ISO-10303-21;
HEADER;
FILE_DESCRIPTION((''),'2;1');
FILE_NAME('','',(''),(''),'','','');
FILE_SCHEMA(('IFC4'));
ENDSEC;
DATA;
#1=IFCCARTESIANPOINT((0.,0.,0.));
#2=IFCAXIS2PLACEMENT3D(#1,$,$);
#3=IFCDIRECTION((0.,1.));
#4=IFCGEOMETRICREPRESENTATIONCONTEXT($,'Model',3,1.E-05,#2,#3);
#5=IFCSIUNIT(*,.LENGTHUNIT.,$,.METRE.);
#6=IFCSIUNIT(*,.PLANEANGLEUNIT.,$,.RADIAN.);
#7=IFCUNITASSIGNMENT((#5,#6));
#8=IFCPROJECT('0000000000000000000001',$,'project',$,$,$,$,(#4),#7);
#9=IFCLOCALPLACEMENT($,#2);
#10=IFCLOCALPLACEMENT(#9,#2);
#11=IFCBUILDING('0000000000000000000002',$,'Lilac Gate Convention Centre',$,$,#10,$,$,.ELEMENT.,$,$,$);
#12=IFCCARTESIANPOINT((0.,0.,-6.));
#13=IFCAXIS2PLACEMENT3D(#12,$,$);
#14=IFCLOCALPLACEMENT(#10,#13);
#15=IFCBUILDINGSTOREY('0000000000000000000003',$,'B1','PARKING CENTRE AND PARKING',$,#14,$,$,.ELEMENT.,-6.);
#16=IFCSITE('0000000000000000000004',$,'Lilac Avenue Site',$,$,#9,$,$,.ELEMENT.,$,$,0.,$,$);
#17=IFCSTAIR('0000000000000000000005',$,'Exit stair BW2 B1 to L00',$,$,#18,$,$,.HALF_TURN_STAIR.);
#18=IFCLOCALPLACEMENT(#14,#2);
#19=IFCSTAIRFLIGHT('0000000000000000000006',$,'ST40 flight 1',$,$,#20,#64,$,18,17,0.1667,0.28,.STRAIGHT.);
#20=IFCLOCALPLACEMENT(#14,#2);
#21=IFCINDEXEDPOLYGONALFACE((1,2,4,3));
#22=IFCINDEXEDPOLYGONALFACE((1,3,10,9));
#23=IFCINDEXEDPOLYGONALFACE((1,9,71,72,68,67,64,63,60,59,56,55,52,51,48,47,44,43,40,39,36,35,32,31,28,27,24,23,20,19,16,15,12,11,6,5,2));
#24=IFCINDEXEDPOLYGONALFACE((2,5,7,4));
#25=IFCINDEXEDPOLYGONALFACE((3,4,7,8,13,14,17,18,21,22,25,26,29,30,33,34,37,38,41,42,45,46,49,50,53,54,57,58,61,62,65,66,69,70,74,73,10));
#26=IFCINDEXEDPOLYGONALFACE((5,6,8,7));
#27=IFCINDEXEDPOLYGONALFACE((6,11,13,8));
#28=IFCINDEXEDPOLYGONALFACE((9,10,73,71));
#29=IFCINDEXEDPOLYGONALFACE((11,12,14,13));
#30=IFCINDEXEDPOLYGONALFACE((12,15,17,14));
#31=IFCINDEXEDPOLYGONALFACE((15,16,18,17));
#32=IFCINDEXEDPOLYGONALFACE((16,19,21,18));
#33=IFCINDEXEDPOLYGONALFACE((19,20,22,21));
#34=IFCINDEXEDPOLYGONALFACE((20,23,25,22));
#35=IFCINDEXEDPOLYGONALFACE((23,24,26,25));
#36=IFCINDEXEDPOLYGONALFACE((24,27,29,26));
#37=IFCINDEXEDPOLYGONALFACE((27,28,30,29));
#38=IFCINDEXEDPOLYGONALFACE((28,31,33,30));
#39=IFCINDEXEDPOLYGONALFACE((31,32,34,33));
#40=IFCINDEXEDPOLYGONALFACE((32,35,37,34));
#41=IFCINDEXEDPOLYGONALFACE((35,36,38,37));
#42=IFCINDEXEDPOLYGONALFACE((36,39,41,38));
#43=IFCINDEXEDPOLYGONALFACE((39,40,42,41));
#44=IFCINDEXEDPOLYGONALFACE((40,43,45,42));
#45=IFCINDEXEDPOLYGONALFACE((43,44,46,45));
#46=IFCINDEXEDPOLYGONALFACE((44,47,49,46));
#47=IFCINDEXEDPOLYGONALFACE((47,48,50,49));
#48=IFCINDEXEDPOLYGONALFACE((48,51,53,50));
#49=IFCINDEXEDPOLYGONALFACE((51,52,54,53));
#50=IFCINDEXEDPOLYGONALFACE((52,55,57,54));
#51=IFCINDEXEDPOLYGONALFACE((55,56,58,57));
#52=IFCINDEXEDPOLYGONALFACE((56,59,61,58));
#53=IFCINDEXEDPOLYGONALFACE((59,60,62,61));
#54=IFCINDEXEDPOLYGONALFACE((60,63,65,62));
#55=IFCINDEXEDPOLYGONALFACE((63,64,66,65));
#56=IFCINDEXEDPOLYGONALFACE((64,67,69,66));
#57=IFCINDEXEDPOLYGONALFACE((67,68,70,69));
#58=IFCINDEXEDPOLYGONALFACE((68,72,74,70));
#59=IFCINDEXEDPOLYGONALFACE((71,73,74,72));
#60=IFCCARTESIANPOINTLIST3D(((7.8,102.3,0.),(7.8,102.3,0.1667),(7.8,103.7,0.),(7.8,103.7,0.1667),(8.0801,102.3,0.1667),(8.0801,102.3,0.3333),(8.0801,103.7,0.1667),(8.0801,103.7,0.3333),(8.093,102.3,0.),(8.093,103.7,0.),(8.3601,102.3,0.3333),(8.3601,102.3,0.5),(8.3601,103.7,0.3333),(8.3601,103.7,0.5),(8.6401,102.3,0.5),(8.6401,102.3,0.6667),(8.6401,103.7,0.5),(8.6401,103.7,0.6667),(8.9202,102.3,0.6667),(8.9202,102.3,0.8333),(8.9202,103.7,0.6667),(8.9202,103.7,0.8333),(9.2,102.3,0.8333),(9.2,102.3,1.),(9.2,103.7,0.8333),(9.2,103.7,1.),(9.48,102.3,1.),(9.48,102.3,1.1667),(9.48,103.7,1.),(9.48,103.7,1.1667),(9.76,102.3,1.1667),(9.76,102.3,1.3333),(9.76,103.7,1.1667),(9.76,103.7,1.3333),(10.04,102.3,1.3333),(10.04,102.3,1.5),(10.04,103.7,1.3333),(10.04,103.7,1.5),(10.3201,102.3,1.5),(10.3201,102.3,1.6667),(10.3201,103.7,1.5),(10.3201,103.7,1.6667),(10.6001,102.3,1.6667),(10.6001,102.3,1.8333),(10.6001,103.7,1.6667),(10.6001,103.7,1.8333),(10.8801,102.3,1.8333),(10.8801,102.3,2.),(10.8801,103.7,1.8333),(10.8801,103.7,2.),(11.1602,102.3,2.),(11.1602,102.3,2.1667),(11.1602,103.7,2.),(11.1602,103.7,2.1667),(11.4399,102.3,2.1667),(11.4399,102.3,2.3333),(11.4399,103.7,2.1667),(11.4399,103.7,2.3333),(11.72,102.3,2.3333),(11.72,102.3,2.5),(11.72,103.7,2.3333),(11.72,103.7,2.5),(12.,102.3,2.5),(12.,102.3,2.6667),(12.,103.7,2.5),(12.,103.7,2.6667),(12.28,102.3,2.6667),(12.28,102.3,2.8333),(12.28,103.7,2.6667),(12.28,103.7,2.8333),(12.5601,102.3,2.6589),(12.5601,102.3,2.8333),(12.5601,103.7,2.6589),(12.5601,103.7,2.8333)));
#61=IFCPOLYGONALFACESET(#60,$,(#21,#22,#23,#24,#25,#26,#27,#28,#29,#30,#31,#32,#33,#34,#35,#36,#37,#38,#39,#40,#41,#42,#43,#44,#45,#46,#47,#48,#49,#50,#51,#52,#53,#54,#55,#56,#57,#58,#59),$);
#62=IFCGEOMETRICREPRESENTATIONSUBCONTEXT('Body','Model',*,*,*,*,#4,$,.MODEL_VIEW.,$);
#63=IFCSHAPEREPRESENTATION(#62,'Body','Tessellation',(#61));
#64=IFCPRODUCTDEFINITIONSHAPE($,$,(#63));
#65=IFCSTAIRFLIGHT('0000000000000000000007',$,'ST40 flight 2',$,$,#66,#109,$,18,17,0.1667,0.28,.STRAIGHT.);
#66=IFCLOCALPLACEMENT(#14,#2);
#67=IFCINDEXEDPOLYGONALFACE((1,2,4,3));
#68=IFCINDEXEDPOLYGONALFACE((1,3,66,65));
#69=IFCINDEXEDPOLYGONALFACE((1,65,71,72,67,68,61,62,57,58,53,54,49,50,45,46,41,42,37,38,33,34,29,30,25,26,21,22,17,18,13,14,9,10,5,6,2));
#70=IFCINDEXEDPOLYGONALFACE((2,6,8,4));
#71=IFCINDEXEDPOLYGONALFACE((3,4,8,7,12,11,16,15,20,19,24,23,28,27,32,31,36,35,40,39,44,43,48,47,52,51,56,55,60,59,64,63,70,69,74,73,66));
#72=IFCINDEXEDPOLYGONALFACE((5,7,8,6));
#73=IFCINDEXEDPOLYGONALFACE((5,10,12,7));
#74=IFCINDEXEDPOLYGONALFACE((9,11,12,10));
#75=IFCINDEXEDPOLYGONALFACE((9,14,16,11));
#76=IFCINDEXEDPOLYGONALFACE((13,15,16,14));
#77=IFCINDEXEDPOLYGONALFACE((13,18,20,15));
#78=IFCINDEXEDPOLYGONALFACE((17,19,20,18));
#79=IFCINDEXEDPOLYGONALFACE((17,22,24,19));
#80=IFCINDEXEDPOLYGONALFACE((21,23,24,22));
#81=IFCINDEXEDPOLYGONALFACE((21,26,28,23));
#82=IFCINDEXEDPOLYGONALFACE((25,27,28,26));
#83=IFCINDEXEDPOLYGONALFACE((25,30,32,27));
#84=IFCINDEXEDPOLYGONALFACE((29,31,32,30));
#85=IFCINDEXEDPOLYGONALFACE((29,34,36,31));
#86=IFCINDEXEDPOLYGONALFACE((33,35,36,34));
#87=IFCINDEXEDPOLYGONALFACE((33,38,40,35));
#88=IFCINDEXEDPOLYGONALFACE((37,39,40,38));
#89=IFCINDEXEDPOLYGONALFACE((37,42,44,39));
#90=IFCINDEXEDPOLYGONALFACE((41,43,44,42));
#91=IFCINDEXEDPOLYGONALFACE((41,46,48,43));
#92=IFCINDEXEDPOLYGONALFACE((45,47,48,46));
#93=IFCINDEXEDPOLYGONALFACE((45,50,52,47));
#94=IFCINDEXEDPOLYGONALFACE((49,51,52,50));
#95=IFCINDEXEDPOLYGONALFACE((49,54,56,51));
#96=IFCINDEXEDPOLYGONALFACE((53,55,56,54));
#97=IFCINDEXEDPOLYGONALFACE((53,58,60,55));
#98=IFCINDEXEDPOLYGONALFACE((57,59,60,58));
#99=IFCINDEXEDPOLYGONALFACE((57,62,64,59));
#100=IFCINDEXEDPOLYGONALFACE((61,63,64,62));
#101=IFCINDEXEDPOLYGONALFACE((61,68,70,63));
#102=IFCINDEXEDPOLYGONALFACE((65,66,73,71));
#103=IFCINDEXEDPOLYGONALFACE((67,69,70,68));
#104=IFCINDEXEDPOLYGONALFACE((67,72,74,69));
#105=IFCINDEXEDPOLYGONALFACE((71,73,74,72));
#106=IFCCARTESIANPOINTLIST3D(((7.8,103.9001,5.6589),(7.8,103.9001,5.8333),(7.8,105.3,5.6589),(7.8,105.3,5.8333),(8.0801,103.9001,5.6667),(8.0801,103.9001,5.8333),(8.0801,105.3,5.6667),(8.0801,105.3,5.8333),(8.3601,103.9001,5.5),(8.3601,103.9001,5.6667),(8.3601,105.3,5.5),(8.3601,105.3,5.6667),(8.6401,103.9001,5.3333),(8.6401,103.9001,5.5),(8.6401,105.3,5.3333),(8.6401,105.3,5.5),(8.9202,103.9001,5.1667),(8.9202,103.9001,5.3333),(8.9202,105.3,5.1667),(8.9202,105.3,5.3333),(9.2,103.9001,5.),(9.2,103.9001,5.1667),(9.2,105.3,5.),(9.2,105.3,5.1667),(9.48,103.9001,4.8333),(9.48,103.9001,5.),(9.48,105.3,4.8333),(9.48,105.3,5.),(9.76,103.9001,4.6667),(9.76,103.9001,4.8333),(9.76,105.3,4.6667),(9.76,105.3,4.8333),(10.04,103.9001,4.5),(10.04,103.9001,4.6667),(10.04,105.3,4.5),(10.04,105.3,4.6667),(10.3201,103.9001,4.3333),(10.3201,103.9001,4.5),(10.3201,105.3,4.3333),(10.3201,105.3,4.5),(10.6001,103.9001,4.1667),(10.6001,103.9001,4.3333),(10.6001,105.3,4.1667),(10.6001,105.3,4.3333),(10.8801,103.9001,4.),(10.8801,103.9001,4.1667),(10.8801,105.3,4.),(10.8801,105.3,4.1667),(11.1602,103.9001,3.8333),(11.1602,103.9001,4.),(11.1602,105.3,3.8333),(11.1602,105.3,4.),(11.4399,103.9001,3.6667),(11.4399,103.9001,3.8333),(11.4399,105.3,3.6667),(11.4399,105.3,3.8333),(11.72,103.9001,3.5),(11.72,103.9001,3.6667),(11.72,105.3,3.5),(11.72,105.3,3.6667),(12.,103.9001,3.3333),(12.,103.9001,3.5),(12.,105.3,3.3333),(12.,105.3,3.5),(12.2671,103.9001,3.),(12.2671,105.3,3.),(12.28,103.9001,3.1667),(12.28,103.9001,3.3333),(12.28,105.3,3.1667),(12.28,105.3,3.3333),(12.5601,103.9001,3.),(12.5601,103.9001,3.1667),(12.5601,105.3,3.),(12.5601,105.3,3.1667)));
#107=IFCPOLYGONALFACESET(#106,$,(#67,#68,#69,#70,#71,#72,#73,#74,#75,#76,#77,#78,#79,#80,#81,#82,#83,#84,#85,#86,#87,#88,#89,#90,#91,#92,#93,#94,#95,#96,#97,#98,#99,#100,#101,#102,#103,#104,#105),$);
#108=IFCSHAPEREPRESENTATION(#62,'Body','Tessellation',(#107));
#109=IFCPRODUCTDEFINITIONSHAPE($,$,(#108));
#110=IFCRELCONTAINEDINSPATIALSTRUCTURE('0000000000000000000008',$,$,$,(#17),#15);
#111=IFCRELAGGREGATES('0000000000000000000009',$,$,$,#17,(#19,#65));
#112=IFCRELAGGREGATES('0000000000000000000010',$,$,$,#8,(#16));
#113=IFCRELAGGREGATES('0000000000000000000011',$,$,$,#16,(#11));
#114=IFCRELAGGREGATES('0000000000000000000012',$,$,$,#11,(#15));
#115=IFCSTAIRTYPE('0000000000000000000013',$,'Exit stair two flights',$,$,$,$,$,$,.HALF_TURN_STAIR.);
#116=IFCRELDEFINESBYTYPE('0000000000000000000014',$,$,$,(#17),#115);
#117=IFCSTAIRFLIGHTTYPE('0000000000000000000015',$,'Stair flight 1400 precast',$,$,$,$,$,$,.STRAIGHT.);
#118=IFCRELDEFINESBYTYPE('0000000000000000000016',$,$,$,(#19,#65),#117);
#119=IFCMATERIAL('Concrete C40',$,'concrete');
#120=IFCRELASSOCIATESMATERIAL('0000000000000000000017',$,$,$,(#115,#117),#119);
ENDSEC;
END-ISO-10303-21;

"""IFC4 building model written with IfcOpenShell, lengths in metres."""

from ifc_helpers import new_model, si_unit, direction, frame, origin, place, context, subcontext, project, spatial, polyline, outline, extrude, material, type_object, element, aggregate, save


model = new_model("IFC4")

# Units and contexts
model_context = context("Model", 3, precision=1e-05, world=origin(), true_north=direction((0.0, 1.0)))
body_context = subcontext(model_context, "Body", "Model", "MODEL_VIEW")
ifc_project = project(units=[si_unit("LENGTHUNIT", "METRE"), si_unit("PLANEANGLEUNIT", "RADIAN")], contexts=[model_context])

# Site, building, storey
site_placement = place(None, origin())
site = spatial("IfcSite", under=ifc_project, at=site_placement, Name="Lilac Avenue Site", CompositionType="ELEMENT", RefElevation=0.0)
building_placement = place(site_placement, origin())
building = spatial("IfcBuilding", under=site, at=building_placement, Name="Lilac Gate Convention Centre", CompositionType="ELEMENT")
storey_placement = place(building_placement, frame((0.0, 0.0, -6.0)))
storey = spatial("IfcBuildingStorey", under=building, at=storey_placement, Name="B1", Description="PARKING CENTRE AND PARKING", CompositionType="ELEMENT", Elevation=-6.0)

# Shared definitions
ifc_material_1 = material(Name="Concrete C40", Category="concrete")

# Stair, stair flights
stair_type = type_object("IfcStairType", Name="Exit stair two flights", PredefinedType="HALF_TURN_STAIR", material=ifc_material_1)
stair_placement = place(storey_placement, origin())
stair = element("IfcStair", 1, at=stair_placement, inside=storey, type_object=stair_type, Name="Exit stair BW2 B1 to L00", PredefinedType="HALF_TURN_STAIR")
stair_flight_type = type_object("IfcStairFlightType", Name="Stair flight 1400 precast", PredefinedType="STRAIGHT", material=ifc_material_1)
stair_flight_1_placement = place(storey_placement, frame((7.8, 103.0, 0.0), z_axis=(0.0, 0.0, 1.0), x_axis=(1.0, 0.0, 0.0)))
stair_flight_1 = element("IfcStairFlight", 2, at=stair_flight_1_placement, type_object=stair_flight_type, Name="ST40 flight 1", NumberOfRisers=18, NumberOfTreads=17, PredefinedType="STRAIGHT", RiserHeight=0.1667, TreadLength=0.28, context=body_context, shape_type="SweptSolid", body=[
    extrude(outline(polyline([(0.0, 0.0), (0.0, 0.1667), (0.28, 0.1667), (0.28, 0.3333), (0.5601, 0.3333), (0.5601, 0.5), (0.8401, 0.5), (0.8401, 0.6667), (1.1201, 0.6667), (1.1201, 0.8333), (1.3999, 0.8333), (1.3999, 1.0), (1.6799, 1.0), (1.6799, 1.1667), (1.96, 1.1667), (1.96, 1.3333), (2.24, 1.3333), (2.24, 1.5), (2.52, 1.5), (2.52, 1.6667), (2.8, 1.6667), (2.8, 1.8333), (3.0801, 1.8333), (3.0801, 2.0), (3.3601, 2.0), (3.3601, 2.1667), (3.6399, 2.1667), (3.6399, 2.3333), (3.9199, 2.3333), (3.9199, 2.5), (4.2, 2.5), (4.2, 2.6667), (4.48, 2.6667), (4.48, 2.8333), (4.76, 2.8333), (4.76, 3.0), (4.76, 2.6589), (0.293, 0.0), (0.0, 0.0)])), frame((0.0, 0.7, 0.0), z_axis=(0.0, -1.0, 0.0), x_axis=(1.0, 0.0, 0.0)), (0.0, 0.0, 1.0), 1.3999),
])
stair_flight_2_placement = place(storey_placement, frame((12.5601, 104.6001, 3.0), z_axis=(0.0, 0.0, 1.0), x_axis=(-1.0, 0.0, 0.0)))
stair_flight_2 = element("IfcStairFlight", 3, at=stair_flight_2_placement, type_object=stair_flight_type, Name="ST40 flight 2", NumberOfRisers=18, NumberOfTreads=17, PredefinedType="STRAIGHT", RiserHeight=0.1667, TreadLength=0.28, context=body_context, shape_type="SweptSolid", body=[
    extrude(outline(polyline([(0.0, 0.0), (0.0, 0.1667), (0.28, 0.1667), (0.28, 0.3333), (0.5601, 0.3333), (0.5601, 0.5), (0.8401, 0.5), (0.8401, 0.6667), (1.1201, 0.6667), (1.1201, 0.8333), (1.3999, 0.8333), (1.3999, 1.0), (1.6799, 1.0), (1.6799, 1.1667), (1.96, 1.1667), (1.96, 1.3333), (2.24, 1.3333), (2.24, 1.5), (2.52, 1.5), (2.52, 1.6667), (2.8, 1.6667), (2.8, 1.8333), (3.0801, 1.8333), (3.0801, 2.0), (3.3601, 2.0), (3.3601, 2.1667), (3.6399, 2.1667), (3.6399, 2.3333), (3.9199, 2.3333), (3.9199, 2.5), (4.2, 2.5), (4.2, 2.6667), (4.48, 2.6667), (4.48, 2.8333), (4.76, 2.8333), (4.76, 3.0), (4.76, 2.6589), (0.293, 0.0), (0.0, 0.0)])), frame((0.0, 0.7, 0.0), z_axis=(0.0, -1.0, 0.0), x_axis=(1.0, 0.0, 0.0)), (0.0, 0.0, 1.0), 1.3999),
])
aggregate(stair, [stair_flight_1, stair_flight_2])

save(model, "model.ifc")
